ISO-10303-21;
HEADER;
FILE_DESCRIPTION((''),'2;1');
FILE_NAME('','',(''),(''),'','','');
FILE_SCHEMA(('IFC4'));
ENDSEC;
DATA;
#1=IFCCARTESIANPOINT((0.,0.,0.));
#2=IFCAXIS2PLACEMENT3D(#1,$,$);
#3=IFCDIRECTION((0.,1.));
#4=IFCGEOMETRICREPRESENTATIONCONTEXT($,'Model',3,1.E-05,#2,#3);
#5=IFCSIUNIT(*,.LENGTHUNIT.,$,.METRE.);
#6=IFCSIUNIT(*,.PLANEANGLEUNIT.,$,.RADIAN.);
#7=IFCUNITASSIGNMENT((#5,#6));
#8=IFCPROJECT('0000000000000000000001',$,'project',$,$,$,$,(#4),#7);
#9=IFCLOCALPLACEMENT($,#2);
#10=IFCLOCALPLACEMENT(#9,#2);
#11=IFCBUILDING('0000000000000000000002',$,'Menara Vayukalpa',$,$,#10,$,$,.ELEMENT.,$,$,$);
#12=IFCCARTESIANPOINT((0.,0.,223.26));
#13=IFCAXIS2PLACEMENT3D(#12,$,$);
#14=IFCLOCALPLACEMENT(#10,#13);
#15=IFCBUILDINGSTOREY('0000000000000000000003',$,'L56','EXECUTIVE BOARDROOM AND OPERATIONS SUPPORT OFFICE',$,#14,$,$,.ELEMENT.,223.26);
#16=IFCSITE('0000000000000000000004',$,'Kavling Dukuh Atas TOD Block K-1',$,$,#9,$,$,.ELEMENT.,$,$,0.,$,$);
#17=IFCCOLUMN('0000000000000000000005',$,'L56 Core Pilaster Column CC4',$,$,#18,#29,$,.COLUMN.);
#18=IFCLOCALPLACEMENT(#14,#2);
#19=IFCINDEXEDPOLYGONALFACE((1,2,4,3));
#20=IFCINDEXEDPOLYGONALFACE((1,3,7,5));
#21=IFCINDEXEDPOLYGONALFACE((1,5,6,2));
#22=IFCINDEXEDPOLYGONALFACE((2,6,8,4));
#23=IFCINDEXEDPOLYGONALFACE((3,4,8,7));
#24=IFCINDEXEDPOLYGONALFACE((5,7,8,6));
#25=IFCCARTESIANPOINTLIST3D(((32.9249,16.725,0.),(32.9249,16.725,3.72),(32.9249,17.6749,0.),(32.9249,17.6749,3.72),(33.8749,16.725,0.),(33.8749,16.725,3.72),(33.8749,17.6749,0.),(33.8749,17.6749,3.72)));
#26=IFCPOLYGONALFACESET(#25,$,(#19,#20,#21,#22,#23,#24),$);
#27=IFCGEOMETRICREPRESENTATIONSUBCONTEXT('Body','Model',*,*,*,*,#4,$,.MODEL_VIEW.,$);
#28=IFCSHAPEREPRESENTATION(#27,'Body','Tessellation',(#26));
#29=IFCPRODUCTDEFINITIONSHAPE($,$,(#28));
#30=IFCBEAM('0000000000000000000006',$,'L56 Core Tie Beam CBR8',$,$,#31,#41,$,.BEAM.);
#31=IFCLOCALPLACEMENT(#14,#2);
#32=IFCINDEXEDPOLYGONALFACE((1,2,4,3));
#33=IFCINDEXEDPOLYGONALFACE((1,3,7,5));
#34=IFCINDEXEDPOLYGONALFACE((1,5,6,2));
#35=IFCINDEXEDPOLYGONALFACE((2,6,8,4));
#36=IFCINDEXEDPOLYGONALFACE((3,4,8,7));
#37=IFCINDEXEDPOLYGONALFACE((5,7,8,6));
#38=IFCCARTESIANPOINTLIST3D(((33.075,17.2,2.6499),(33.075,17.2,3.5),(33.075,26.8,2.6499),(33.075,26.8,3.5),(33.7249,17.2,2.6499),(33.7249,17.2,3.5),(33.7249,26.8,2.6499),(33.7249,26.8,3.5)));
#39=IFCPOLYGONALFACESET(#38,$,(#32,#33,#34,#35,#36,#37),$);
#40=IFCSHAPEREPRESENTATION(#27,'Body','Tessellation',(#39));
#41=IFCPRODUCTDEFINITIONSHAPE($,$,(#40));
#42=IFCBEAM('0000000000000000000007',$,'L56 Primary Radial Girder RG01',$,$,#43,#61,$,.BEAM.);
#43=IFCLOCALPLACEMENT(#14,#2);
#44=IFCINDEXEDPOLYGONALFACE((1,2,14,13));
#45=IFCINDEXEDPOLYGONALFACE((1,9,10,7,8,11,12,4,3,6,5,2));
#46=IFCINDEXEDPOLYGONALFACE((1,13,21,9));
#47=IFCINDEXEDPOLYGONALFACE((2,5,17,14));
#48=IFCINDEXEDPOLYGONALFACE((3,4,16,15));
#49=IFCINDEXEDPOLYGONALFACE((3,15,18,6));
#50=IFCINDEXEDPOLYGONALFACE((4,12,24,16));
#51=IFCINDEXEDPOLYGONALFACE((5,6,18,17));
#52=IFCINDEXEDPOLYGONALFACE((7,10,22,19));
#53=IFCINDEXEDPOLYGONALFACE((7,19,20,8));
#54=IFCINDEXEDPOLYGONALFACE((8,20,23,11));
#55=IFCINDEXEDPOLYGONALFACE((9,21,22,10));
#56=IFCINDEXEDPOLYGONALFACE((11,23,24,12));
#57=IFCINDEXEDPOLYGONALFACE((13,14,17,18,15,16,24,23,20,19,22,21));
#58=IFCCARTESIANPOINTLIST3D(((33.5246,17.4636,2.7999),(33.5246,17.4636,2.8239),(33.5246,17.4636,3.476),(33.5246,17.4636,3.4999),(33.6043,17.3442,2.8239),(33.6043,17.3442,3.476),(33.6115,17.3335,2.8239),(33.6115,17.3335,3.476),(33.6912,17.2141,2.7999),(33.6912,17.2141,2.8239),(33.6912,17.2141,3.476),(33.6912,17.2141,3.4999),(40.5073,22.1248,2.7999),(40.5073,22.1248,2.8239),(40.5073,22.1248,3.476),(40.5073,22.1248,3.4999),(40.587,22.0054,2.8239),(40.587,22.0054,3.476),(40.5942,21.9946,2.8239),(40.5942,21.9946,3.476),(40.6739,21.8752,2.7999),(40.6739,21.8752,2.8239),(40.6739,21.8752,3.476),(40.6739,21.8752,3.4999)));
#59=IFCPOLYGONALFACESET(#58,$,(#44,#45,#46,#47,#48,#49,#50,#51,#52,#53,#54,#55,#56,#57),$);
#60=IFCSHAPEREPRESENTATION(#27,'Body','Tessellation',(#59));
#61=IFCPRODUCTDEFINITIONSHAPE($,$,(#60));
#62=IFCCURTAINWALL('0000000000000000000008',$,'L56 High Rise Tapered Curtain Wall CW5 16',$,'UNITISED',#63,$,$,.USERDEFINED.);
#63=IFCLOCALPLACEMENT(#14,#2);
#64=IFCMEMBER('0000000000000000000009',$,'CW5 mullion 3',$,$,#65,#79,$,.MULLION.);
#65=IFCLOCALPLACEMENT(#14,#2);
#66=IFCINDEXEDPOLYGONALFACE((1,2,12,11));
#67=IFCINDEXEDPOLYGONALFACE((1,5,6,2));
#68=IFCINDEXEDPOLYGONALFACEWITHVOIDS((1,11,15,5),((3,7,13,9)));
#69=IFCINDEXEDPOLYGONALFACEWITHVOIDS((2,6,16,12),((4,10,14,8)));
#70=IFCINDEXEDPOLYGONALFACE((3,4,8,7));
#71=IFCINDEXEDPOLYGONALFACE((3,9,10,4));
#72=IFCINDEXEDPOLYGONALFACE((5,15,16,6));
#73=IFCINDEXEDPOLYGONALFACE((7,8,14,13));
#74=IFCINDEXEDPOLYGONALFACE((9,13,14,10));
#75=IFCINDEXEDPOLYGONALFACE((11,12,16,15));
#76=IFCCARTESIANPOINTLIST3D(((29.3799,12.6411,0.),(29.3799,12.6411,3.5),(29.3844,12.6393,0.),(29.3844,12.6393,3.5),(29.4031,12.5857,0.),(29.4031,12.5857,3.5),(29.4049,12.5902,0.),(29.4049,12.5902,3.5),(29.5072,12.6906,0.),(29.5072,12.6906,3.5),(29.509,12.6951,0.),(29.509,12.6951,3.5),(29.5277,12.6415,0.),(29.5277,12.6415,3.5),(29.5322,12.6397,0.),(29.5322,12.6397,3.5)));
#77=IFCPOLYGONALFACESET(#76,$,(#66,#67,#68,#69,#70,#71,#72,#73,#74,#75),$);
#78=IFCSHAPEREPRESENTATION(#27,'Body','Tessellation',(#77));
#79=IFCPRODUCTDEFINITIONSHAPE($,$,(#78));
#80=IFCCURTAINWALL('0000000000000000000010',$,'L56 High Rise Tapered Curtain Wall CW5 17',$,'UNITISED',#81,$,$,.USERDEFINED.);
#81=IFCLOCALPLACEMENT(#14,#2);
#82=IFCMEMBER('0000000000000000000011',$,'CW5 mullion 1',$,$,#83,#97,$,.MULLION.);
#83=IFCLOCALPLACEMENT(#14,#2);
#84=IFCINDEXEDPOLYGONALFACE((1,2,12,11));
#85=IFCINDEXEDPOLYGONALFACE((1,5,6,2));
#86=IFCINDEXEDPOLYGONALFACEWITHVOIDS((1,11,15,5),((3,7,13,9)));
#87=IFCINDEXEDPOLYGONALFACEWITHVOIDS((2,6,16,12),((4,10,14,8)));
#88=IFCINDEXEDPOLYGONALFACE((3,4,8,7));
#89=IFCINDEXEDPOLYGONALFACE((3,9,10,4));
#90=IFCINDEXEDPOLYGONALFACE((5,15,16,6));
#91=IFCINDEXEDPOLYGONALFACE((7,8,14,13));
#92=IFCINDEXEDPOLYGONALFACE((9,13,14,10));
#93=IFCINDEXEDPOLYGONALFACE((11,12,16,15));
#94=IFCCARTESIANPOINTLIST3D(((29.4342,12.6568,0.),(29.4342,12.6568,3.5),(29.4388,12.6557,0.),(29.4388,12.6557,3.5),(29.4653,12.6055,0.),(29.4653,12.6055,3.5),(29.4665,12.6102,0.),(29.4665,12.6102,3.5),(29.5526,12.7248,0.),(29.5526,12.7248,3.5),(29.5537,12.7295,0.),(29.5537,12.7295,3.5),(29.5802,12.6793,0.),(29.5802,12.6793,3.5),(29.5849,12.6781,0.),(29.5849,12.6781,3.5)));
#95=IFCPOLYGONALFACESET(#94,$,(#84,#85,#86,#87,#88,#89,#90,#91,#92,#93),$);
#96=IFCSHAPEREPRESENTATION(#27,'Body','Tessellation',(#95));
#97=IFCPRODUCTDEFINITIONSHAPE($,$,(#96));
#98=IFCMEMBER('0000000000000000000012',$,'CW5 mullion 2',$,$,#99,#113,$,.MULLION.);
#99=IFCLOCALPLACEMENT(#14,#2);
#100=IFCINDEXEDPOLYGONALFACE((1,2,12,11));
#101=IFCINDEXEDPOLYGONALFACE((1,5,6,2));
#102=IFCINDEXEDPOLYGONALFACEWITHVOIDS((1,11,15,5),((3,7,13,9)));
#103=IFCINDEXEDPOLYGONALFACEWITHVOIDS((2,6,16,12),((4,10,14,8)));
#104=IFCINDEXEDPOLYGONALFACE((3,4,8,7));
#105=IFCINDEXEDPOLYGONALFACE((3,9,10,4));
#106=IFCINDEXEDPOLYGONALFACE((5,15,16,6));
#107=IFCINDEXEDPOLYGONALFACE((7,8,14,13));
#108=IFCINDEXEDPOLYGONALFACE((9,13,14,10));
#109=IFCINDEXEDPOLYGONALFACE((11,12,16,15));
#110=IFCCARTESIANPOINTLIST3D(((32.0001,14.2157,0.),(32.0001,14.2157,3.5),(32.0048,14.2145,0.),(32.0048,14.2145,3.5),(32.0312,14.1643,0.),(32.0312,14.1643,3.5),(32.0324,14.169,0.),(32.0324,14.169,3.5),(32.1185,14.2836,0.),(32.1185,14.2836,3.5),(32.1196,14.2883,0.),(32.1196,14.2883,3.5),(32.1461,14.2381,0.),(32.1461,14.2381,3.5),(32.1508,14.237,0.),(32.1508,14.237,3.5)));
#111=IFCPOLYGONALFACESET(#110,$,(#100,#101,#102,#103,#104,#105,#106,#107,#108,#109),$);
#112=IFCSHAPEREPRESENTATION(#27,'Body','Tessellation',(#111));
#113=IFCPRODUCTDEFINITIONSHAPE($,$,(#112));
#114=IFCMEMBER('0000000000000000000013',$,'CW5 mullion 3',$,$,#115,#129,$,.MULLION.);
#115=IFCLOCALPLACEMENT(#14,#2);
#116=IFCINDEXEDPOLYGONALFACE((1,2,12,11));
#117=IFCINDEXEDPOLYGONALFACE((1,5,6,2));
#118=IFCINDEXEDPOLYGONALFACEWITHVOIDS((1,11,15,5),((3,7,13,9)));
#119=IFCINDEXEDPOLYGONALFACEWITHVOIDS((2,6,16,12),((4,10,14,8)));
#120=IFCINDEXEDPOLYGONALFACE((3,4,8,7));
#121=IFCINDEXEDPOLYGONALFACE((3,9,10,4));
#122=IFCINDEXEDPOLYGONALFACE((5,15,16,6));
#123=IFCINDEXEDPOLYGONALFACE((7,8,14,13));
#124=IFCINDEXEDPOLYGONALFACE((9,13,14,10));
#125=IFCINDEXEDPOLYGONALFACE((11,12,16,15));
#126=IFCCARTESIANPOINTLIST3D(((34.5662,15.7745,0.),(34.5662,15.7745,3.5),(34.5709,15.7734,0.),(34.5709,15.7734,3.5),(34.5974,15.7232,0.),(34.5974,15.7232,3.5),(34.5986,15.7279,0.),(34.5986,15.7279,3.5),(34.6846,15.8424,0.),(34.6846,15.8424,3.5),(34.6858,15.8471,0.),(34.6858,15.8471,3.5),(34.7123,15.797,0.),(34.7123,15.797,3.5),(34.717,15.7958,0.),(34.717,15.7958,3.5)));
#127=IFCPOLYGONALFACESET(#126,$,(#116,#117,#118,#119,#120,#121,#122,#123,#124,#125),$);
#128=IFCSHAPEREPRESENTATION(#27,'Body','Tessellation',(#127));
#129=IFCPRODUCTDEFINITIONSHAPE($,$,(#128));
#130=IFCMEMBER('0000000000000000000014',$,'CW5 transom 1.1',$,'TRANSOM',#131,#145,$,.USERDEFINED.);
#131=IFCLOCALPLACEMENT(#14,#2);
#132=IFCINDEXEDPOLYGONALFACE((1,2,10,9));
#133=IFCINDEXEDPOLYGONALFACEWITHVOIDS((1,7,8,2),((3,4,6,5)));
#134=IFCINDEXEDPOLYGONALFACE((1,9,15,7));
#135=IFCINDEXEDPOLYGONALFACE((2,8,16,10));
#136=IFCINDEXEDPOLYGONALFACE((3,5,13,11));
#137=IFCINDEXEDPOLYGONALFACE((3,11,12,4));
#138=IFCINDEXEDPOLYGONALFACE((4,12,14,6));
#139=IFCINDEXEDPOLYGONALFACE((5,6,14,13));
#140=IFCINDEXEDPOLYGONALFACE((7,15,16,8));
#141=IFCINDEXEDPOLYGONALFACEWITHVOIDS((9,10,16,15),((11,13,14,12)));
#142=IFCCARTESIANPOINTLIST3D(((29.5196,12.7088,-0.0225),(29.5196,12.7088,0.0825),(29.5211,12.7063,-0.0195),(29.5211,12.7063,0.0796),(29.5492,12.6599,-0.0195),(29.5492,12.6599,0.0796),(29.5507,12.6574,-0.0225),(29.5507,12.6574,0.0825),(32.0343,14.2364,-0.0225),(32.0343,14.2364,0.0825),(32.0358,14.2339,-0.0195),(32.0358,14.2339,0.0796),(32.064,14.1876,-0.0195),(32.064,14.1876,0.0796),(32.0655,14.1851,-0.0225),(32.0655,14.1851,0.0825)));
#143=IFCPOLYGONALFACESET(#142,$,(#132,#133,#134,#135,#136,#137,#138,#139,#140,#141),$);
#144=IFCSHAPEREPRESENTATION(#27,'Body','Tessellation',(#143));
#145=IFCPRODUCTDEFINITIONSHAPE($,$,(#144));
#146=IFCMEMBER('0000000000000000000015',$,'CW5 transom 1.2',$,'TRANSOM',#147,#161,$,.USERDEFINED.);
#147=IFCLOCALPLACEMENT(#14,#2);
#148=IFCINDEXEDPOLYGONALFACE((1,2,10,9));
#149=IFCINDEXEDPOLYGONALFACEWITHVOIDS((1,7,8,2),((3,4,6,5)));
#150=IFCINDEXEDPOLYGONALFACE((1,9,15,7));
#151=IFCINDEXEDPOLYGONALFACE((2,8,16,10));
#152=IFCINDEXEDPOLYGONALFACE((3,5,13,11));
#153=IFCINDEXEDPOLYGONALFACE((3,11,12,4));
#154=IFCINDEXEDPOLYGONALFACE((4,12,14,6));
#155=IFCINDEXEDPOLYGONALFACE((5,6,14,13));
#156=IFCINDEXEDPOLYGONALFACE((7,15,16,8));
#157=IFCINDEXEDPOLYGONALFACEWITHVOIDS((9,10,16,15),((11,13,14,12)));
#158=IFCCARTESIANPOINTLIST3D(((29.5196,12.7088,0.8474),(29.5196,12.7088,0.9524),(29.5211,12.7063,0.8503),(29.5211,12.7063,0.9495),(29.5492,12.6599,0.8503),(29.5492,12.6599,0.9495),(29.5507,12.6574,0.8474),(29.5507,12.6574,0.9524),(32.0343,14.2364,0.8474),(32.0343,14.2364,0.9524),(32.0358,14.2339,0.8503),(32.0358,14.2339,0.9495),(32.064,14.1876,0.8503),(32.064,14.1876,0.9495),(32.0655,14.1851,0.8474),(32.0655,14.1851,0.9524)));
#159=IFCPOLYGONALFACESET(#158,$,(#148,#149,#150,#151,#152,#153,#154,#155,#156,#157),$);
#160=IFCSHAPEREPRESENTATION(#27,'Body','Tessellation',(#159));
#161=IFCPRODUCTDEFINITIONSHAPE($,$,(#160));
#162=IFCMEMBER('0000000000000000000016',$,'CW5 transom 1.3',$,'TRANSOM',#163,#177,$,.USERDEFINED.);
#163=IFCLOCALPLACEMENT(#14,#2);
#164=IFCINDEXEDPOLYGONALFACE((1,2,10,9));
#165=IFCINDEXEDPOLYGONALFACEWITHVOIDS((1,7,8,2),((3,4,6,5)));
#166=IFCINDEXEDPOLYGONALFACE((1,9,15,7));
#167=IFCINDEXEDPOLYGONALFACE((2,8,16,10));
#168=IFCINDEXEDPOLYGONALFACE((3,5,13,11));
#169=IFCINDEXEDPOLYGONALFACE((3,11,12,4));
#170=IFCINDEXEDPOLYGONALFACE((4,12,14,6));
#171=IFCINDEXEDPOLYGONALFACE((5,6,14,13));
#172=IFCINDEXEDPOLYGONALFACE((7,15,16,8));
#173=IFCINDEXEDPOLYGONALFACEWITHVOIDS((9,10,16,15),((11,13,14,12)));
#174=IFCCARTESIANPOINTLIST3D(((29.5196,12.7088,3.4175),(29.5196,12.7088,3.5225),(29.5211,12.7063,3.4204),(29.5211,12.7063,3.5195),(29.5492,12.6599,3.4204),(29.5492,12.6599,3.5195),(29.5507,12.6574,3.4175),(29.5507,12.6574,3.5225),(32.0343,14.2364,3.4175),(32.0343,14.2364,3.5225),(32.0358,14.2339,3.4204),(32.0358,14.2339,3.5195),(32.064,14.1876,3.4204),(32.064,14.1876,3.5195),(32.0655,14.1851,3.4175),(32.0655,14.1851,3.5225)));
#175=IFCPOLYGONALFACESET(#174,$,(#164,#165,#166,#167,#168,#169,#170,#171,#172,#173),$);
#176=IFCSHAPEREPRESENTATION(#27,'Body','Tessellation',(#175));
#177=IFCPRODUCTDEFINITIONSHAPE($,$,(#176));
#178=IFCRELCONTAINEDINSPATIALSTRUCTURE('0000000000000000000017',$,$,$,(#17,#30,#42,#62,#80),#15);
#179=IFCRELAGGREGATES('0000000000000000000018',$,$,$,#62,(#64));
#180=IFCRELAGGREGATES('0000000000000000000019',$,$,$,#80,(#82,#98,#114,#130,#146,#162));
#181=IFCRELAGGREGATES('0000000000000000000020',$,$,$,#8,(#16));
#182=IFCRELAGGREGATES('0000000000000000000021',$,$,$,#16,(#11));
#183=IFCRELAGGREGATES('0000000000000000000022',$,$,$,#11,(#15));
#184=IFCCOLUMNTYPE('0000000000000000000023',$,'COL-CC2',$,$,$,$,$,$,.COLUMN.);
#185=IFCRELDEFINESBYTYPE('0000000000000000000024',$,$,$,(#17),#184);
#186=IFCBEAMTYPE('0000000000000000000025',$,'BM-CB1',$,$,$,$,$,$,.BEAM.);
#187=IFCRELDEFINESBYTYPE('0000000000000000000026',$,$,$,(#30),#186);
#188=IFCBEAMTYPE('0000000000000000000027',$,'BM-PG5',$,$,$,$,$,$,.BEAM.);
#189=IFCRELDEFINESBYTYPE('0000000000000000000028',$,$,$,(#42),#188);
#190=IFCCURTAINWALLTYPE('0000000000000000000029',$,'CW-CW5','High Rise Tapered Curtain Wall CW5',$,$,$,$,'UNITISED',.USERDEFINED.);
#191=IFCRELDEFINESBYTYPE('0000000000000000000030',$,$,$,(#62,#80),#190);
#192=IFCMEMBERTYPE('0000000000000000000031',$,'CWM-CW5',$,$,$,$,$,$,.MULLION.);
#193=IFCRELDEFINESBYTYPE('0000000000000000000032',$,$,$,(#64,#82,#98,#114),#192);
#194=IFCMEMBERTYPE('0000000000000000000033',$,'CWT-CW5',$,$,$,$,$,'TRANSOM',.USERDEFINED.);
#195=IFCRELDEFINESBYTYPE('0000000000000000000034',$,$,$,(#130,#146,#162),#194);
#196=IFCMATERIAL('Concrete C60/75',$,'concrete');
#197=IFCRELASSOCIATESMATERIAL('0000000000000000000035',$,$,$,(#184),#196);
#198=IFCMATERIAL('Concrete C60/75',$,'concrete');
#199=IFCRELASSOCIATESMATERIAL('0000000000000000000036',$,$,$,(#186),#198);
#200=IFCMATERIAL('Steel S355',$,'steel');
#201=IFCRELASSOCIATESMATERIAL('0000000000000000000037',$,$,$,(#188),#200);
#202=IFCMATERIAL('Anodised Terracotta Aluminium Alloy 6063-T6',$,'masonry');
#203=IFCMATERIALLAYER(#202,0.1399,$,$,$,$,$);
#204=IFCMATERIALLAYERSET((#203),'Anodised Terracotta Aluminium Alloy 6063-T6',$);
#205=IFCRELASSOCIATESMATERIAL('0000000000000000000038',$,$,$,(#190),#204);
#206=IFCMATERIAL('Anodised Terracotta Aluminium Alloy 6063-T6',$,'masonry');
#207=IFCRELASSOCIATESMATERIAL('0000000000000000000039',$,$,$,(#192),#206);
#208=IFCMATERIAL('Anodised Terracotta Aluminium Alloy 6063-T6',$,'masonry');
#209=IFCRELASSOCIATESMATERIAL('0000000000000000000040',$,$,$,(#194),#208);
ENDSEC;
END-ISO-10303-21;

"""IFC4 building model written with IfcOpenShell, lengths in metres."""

from ifc_helpers import new_model, si_unit, direction, frame, origin, origin_2d, place, context, subcontext, project, spatial, rectangle, hollow_rectangle, i_section, extrude, material, layer, layer_set, material_profile, profile_set, type_object, element, aggregate, save


model = new_model("IFC4")

# Units and contexts
model_context = context("Model", 3, precision=1e-05, world=origin(), true_north=direction((0.0, 1.0)))
body_context = subcontext(model_context, "Body", "Model", "MODEL_VIEW")
ifc_project = project(units=[si_unit("LENGTHUNIT", "METRE"), si_unit("PLANEANGLEUNIT", "RADIAN")], contexts=[model_context])

# Site, building, storey
site_placement = place(None, origin())
site = spatial("IfcSite", under=ifc_project, at=site_placement, Name="Kavling Dukuh Atas TOD Block K-1", CompositionType="ELEMENT", RefElevation=0.0)
building_placement = place(site_placement, origin())
building = spatial("IfcBuilding", under=site, at=building_placement, Name="Menara Vayukalpa", CompositionType="ELEMENT")
storey_placement = place(building_placement, frame((0.0, 0.0, 223.26)))
storey = spatial("IfcBuildingStorey", under=building, at=storey_placement, Name="L56", Description="EXECUTIVE BOARDROOM AND OPERATIONS SUPPORT OFFICE", CompositionType="ELEMENT", Elevation=223.26)

# Column
ifc_material_1 = material(Name="Concrete C60/75", Category="concrete")
ifc_material_profile_1 = material_profile(ifc_material_1, rectangle(XDim=0.95, YDim=0.95, at=origin_2d()), Name="RC 950x950")
ifc_profile_set_1 = profile_set([ifc_material_profile_1], Name="Concrete C60/75")
column_type = type_object("IfcColumnType", Name="COL-CC2", PredefinedType="COLUMN", material=ifc_profile_set_1)
column_placement = place(storey_placement, frame((33.3999, 17.2, 0.0), z_axis=(0.0, 0.0, 1.0), x_axis=(1.0, 0.0, 0.0)))
element("IfcColumn", 1, at=column_placement, inside=storey, type_object=column_type, Name="L56 Core Pilaster Column CC4", PredefinedType="COLUMN", context=body_context, shape_type="SweptSolid", body=[
    extrude(rectangle(XDim=0.95, YDim=0.95, at=origin_2d()), origin(), (0.0, 0.0, 1.0), 3.72),
])

# Beams
ifc_material_2 = material(Name="Concrete C60/75", Category="concrete")
ifc_material_profile_2 = material_profile(ifc_material_2, rectangle(XDim=0.6499, YDim=0.8501, at=origin_2d()), Name="RC 650x850")
ifc_profile_set_2 = profile_set([ifc_material_profile_2], Name="Concrete C60/75")
beam_type_1 = type_object("IfcBeamType", Name="BM-CB1", PredefinedType="BEAM", material=ifc_profile_set_2)
beam_1_placement = place(storey_placement, frame((33.3999, 17.2, 3.075), z_axis=(0.0, 1.0, 0.0), x_axis=(-1.0, 0.0, 0.0)))
element("IfcBeam", 2, at=beam_1_placement, inside=storey, type_object=beam_type_1, Name="L56 Core Tie Beam CBR8", PredefinedType="BEAM", context=body_context, shape_type="SweptSolid", body=[
    extrude(rectangle(XDim=0.6499, YDim=0.8501, at=origin_2d()), origin(), (0.0, 0.0, 1.0), 9.6001),
])
ifc_material_3 = material(Name="Steel S355", Category="steel")
ifc_material_profile_3 = material_profile(ifc_material_3, i_section(OverallWidth=0.3, OverallDepth=0.7, WebThickness=0.0129, FlangeThickness=0.0239, at=origin_2d()), Name="WF 700x300x13x24")
ifc_profile_set_3 = profile_set([ifc_material_profile_3], Name="Steel S355")
beam_type_2 = type_object("IfcBeamType", Name="BM-PG5", PredefinedType="BEAM", material=ifc_profile_set_3)
beam_2_placement = place(storey_placement, frame((33.6079, 17.3389, 3.1499), z_axis=(0.831719, 0.555197, 0.0), x_axis=(-0.555197, 0.831719, 0.0)))
element("IfcBeam", 3, at=beam_2_placement, inside=storey, type_object=beam_type_2, Name="L56 Primary Radial Girder RG01", PredefinedType="BEAM", context=body_context, shape_type="SweptSolid", body=[
    extrude(i_section(OverallWidth=0.3, OverallDepth=0.7, WebThickness=0.0129, FlangeThickness=0.0239, at=origin_2d()), origin(), (0.0, 0.0, 1.0), 8.3955),
])

# Curtain wall, member
ifc_material_4 = material(Name="Anodised Terracotta Aluminium Alloy 6063-T6", Category="masonry")
ifc_layer_1 = layer(ifc_material_4, 0.1399)
ifc_layer_set_1 = layer_set([ifc_layer_1], Name="Anodised Terracotta Aluminium Alloy 6063-T6")
curtain_wall_type = type_object("IfcCurtainWallType", Name="CW-CW5", Description="High Rise Tapered Curtain Wall CW5", ElementType="UNITISED", PredefinedType="USERDEFINED", material=ifc_layer_set_1)
curtain_wall_1_placement = place(storey_placement, origin())
curtain_wall_1 = element("IfcCurtainWall", 4, at=curtain_wall_1_placement, inside=storey, type_object=curtain_wall_type, Name="L56 High Rise Tapered Curtain Wall CW5 16", ObjectType="UNITISED", PredefinedType="USERDEFINED")
ifc_material_5 = material(Name="Anodised Terracotta Aluminium Alloy 6063-T6", Category="masonry")
ifc_material_profile_4 = material_profile(ifc_material_5, hollow_rectangle(XDim=0.0601, YDim=0.1399, WallThickness=0.0034, at=origin_2d()), Name="ALU 60x140x3.5")
ifc_profile_set_4 = profile_set([ifc_material_profile_4], Name="Anodised Terracotta Aluminium Alloy 6063-T6")
member_type_1 = type_object("IfcMemberType", Name="CWM-CW5", PredefinedType="MULLION", material=ifc_profile_set_4)
member_1_placement = place(storey_placement, frame((29.4561, 12.6404, 0.0), z_axis=(0.0, 0.0, 1.0), x_axis=(-0.385903, 0.922539, 0.0)))
member_1 = element("IfcMember", 5, at=member_1_placement, type_object=member_type_1, Name="CW5 mullion 3", PredefinedType="MULLION", context=body_context, shape_type="SweptSolid", body=[
    extrude(hollow_rectangle(XDim=0.0601, YDim=0.1399, WallThickness=0.0034, at=origin_2d()), origin(), (0.0, 0.0, 1.0), 3.5),
])
aggregate(curtain_wall_1, [member_1])

# Curtain wall, members
curtain_wall_2_placement = place(storey_placement, origin())
curtain_wall_2 = element("IfcCurtainWall", 6, at=curtain_wall_2_placement, inside=storey, type_object=curtain_wall_type, Name="L56 High Rise Tapered Curtain Wall CW5 17", ObjectType="UNITISED", PredefinedType="USERDEFINED")
member_2_placement = place(storey_placement, frame((29.5095, 12.6675, 0.0), z_axis=(0.0, 0.0, 1.0), x_axis=(-0.51918, 0.854665, 0.0)))
member_2 = element("IfcMember", 7, at=member_2_placement, type_object=member_type_1, Name="CW5 mullion 1", PredefinedType="MULLION", context=body_context, shape_type="SweptSolid", body=[
    extrude(hollow_rectangle(XDim=0.0601, YDim=0.1399, WallThickness=0.0034, at=origin_2d()), origin(), (0.0, 0.0, 1.0), 3.5),
])
member_3_placement = place(storey_placement, frame((32.0754, 14.2263, 0.0), z_axis=(0.0, 0.0, 1.0), x_axis=(-0.51918, 0.854665, 0.0)))
member_3 = element("IfcMember", 8, at=member_3_placement, type_object=member_type_1, Name="CW5 mullion 2", PredefinedType="MULLION", context=body_context, shape_type="SweptSolid", body=[
    extrude(hollow_rectangle(XDim=0.0601, YDim=0.1399, WallThickness=0.0034, at=origin_2d()), origin(), (0.0, 0.0, 1.0), 3.5),
])
member_4_placement = place(storey_placement, frame((34.6416, 15.7852, 0.0), z_axis=(0.0, 0.0, 1.0), x_axis=(-0.51918, 0.854665, 0.0)))
member_4 = element("IfcMember", 9, at=member_4_placement, type_object=member_type_1, Name="CW5 mullion 3", PredefinedType="MULLION", context=body_context, shape_type="SweptSolid", body=[
    extrude(hollow_rectangle(XDim=0.0601, YDim=0.1399, WallThickness=0.0034, at=origin_2d()), origin(), (0.0, 0.0, 1.0), 3.5),
])
ifc_material_6 = material(Name="Anodised Terracotta Aluminium Alloy 6063-T6", Category="masonry")
ifc_material_profile_5 = material_profile(ifc_material_6, hollow_rectangle(XDim=0.0601, YDim=0.105, WallThickness=0.0029, at=origin_2d()), Name="ALU 60x105x3")
ifc_profile_set_5 = profile_set([ifc_material_profile_5], Name="Anodised Terracotta Aluminium Alloy 6063-T6")
member_type_2 = type_object("IfcMemberType", Name="CWT-CW5", ElementType="TRANSOM", PredefinedType="USERDEFINED", material=ifc_profile_set_5)
member_5_placement = place(storey_placement, frame((29.5352, 12.6831, 0.03), z_axis=(0.854661, 0.519186, 0.0), x_axis=(-0.519186, 0.854661, 0.0)))
member_5 = element("IfcMember", 10, at=member_5_placement, type_object=member_type_2, Name="CW5 transom 1.1", ObjectType="TRANSOM", PredefinedType="USERDEFINED", context=body_context, shape_type="SweptSolid", body=[
    extrude(hollow_rectangle(XDim=0.0601, YDim=0.105, WallThickness=0.0029, at=origin_2d()), origin(), (0.0, 0.0, 1.0), 2.9424),
])
member_6_placement = place(storey_placement, frame((29.5352, 12.6831, 0.8999), z_axis=(0.854661, 0.519186, 0.0), x_axis=(-0.519186, 0.854661, 0.0)))
member_6 = element("IfcMember", 11, at=member_6_placement, type_object=member_type_2, Name="CW5 transom 1.2", ObjectType="TRANSOM", PredefinedType="USERDEFINED", context=body_context, shape_type="SweptSolid", body=[
    extrude(hollow_rectangle(XDim=0.0601, YDim=0.105, WallThickness=0.0029, at=origin_2d()), origin(), (0.0, 0.0, 1.0), 2.9424),
])
member_7_placement = place(storey_placement, frame((29.5352, 12.6831, 3.47), z_axis=(0.854661, 0.519186, 0.0), x_axis=(-0.519186, 0.854661, 0.0)))
member_7 = element("IfcMember", 12, at=member_7_placement, type_object=member_type_2, Name="CW5 transom 1.3", ObjectType="TRANSOM", PredefinedType="USERDEFINED", context=body_context, shape_type="SweptSolid", body=[
    extrude(hollow_rectangle(XDim=0.0601, YDim=0.105, WallThickness=0.0029, at=origin_2d()), origin(), (0.0, 0.0, 1.0), 2.9424),
])
aggregate(curtain_wall_2, [member_2, member_3, member_4, member_5, member_6, member_7])

save(model, "model.ifc")
